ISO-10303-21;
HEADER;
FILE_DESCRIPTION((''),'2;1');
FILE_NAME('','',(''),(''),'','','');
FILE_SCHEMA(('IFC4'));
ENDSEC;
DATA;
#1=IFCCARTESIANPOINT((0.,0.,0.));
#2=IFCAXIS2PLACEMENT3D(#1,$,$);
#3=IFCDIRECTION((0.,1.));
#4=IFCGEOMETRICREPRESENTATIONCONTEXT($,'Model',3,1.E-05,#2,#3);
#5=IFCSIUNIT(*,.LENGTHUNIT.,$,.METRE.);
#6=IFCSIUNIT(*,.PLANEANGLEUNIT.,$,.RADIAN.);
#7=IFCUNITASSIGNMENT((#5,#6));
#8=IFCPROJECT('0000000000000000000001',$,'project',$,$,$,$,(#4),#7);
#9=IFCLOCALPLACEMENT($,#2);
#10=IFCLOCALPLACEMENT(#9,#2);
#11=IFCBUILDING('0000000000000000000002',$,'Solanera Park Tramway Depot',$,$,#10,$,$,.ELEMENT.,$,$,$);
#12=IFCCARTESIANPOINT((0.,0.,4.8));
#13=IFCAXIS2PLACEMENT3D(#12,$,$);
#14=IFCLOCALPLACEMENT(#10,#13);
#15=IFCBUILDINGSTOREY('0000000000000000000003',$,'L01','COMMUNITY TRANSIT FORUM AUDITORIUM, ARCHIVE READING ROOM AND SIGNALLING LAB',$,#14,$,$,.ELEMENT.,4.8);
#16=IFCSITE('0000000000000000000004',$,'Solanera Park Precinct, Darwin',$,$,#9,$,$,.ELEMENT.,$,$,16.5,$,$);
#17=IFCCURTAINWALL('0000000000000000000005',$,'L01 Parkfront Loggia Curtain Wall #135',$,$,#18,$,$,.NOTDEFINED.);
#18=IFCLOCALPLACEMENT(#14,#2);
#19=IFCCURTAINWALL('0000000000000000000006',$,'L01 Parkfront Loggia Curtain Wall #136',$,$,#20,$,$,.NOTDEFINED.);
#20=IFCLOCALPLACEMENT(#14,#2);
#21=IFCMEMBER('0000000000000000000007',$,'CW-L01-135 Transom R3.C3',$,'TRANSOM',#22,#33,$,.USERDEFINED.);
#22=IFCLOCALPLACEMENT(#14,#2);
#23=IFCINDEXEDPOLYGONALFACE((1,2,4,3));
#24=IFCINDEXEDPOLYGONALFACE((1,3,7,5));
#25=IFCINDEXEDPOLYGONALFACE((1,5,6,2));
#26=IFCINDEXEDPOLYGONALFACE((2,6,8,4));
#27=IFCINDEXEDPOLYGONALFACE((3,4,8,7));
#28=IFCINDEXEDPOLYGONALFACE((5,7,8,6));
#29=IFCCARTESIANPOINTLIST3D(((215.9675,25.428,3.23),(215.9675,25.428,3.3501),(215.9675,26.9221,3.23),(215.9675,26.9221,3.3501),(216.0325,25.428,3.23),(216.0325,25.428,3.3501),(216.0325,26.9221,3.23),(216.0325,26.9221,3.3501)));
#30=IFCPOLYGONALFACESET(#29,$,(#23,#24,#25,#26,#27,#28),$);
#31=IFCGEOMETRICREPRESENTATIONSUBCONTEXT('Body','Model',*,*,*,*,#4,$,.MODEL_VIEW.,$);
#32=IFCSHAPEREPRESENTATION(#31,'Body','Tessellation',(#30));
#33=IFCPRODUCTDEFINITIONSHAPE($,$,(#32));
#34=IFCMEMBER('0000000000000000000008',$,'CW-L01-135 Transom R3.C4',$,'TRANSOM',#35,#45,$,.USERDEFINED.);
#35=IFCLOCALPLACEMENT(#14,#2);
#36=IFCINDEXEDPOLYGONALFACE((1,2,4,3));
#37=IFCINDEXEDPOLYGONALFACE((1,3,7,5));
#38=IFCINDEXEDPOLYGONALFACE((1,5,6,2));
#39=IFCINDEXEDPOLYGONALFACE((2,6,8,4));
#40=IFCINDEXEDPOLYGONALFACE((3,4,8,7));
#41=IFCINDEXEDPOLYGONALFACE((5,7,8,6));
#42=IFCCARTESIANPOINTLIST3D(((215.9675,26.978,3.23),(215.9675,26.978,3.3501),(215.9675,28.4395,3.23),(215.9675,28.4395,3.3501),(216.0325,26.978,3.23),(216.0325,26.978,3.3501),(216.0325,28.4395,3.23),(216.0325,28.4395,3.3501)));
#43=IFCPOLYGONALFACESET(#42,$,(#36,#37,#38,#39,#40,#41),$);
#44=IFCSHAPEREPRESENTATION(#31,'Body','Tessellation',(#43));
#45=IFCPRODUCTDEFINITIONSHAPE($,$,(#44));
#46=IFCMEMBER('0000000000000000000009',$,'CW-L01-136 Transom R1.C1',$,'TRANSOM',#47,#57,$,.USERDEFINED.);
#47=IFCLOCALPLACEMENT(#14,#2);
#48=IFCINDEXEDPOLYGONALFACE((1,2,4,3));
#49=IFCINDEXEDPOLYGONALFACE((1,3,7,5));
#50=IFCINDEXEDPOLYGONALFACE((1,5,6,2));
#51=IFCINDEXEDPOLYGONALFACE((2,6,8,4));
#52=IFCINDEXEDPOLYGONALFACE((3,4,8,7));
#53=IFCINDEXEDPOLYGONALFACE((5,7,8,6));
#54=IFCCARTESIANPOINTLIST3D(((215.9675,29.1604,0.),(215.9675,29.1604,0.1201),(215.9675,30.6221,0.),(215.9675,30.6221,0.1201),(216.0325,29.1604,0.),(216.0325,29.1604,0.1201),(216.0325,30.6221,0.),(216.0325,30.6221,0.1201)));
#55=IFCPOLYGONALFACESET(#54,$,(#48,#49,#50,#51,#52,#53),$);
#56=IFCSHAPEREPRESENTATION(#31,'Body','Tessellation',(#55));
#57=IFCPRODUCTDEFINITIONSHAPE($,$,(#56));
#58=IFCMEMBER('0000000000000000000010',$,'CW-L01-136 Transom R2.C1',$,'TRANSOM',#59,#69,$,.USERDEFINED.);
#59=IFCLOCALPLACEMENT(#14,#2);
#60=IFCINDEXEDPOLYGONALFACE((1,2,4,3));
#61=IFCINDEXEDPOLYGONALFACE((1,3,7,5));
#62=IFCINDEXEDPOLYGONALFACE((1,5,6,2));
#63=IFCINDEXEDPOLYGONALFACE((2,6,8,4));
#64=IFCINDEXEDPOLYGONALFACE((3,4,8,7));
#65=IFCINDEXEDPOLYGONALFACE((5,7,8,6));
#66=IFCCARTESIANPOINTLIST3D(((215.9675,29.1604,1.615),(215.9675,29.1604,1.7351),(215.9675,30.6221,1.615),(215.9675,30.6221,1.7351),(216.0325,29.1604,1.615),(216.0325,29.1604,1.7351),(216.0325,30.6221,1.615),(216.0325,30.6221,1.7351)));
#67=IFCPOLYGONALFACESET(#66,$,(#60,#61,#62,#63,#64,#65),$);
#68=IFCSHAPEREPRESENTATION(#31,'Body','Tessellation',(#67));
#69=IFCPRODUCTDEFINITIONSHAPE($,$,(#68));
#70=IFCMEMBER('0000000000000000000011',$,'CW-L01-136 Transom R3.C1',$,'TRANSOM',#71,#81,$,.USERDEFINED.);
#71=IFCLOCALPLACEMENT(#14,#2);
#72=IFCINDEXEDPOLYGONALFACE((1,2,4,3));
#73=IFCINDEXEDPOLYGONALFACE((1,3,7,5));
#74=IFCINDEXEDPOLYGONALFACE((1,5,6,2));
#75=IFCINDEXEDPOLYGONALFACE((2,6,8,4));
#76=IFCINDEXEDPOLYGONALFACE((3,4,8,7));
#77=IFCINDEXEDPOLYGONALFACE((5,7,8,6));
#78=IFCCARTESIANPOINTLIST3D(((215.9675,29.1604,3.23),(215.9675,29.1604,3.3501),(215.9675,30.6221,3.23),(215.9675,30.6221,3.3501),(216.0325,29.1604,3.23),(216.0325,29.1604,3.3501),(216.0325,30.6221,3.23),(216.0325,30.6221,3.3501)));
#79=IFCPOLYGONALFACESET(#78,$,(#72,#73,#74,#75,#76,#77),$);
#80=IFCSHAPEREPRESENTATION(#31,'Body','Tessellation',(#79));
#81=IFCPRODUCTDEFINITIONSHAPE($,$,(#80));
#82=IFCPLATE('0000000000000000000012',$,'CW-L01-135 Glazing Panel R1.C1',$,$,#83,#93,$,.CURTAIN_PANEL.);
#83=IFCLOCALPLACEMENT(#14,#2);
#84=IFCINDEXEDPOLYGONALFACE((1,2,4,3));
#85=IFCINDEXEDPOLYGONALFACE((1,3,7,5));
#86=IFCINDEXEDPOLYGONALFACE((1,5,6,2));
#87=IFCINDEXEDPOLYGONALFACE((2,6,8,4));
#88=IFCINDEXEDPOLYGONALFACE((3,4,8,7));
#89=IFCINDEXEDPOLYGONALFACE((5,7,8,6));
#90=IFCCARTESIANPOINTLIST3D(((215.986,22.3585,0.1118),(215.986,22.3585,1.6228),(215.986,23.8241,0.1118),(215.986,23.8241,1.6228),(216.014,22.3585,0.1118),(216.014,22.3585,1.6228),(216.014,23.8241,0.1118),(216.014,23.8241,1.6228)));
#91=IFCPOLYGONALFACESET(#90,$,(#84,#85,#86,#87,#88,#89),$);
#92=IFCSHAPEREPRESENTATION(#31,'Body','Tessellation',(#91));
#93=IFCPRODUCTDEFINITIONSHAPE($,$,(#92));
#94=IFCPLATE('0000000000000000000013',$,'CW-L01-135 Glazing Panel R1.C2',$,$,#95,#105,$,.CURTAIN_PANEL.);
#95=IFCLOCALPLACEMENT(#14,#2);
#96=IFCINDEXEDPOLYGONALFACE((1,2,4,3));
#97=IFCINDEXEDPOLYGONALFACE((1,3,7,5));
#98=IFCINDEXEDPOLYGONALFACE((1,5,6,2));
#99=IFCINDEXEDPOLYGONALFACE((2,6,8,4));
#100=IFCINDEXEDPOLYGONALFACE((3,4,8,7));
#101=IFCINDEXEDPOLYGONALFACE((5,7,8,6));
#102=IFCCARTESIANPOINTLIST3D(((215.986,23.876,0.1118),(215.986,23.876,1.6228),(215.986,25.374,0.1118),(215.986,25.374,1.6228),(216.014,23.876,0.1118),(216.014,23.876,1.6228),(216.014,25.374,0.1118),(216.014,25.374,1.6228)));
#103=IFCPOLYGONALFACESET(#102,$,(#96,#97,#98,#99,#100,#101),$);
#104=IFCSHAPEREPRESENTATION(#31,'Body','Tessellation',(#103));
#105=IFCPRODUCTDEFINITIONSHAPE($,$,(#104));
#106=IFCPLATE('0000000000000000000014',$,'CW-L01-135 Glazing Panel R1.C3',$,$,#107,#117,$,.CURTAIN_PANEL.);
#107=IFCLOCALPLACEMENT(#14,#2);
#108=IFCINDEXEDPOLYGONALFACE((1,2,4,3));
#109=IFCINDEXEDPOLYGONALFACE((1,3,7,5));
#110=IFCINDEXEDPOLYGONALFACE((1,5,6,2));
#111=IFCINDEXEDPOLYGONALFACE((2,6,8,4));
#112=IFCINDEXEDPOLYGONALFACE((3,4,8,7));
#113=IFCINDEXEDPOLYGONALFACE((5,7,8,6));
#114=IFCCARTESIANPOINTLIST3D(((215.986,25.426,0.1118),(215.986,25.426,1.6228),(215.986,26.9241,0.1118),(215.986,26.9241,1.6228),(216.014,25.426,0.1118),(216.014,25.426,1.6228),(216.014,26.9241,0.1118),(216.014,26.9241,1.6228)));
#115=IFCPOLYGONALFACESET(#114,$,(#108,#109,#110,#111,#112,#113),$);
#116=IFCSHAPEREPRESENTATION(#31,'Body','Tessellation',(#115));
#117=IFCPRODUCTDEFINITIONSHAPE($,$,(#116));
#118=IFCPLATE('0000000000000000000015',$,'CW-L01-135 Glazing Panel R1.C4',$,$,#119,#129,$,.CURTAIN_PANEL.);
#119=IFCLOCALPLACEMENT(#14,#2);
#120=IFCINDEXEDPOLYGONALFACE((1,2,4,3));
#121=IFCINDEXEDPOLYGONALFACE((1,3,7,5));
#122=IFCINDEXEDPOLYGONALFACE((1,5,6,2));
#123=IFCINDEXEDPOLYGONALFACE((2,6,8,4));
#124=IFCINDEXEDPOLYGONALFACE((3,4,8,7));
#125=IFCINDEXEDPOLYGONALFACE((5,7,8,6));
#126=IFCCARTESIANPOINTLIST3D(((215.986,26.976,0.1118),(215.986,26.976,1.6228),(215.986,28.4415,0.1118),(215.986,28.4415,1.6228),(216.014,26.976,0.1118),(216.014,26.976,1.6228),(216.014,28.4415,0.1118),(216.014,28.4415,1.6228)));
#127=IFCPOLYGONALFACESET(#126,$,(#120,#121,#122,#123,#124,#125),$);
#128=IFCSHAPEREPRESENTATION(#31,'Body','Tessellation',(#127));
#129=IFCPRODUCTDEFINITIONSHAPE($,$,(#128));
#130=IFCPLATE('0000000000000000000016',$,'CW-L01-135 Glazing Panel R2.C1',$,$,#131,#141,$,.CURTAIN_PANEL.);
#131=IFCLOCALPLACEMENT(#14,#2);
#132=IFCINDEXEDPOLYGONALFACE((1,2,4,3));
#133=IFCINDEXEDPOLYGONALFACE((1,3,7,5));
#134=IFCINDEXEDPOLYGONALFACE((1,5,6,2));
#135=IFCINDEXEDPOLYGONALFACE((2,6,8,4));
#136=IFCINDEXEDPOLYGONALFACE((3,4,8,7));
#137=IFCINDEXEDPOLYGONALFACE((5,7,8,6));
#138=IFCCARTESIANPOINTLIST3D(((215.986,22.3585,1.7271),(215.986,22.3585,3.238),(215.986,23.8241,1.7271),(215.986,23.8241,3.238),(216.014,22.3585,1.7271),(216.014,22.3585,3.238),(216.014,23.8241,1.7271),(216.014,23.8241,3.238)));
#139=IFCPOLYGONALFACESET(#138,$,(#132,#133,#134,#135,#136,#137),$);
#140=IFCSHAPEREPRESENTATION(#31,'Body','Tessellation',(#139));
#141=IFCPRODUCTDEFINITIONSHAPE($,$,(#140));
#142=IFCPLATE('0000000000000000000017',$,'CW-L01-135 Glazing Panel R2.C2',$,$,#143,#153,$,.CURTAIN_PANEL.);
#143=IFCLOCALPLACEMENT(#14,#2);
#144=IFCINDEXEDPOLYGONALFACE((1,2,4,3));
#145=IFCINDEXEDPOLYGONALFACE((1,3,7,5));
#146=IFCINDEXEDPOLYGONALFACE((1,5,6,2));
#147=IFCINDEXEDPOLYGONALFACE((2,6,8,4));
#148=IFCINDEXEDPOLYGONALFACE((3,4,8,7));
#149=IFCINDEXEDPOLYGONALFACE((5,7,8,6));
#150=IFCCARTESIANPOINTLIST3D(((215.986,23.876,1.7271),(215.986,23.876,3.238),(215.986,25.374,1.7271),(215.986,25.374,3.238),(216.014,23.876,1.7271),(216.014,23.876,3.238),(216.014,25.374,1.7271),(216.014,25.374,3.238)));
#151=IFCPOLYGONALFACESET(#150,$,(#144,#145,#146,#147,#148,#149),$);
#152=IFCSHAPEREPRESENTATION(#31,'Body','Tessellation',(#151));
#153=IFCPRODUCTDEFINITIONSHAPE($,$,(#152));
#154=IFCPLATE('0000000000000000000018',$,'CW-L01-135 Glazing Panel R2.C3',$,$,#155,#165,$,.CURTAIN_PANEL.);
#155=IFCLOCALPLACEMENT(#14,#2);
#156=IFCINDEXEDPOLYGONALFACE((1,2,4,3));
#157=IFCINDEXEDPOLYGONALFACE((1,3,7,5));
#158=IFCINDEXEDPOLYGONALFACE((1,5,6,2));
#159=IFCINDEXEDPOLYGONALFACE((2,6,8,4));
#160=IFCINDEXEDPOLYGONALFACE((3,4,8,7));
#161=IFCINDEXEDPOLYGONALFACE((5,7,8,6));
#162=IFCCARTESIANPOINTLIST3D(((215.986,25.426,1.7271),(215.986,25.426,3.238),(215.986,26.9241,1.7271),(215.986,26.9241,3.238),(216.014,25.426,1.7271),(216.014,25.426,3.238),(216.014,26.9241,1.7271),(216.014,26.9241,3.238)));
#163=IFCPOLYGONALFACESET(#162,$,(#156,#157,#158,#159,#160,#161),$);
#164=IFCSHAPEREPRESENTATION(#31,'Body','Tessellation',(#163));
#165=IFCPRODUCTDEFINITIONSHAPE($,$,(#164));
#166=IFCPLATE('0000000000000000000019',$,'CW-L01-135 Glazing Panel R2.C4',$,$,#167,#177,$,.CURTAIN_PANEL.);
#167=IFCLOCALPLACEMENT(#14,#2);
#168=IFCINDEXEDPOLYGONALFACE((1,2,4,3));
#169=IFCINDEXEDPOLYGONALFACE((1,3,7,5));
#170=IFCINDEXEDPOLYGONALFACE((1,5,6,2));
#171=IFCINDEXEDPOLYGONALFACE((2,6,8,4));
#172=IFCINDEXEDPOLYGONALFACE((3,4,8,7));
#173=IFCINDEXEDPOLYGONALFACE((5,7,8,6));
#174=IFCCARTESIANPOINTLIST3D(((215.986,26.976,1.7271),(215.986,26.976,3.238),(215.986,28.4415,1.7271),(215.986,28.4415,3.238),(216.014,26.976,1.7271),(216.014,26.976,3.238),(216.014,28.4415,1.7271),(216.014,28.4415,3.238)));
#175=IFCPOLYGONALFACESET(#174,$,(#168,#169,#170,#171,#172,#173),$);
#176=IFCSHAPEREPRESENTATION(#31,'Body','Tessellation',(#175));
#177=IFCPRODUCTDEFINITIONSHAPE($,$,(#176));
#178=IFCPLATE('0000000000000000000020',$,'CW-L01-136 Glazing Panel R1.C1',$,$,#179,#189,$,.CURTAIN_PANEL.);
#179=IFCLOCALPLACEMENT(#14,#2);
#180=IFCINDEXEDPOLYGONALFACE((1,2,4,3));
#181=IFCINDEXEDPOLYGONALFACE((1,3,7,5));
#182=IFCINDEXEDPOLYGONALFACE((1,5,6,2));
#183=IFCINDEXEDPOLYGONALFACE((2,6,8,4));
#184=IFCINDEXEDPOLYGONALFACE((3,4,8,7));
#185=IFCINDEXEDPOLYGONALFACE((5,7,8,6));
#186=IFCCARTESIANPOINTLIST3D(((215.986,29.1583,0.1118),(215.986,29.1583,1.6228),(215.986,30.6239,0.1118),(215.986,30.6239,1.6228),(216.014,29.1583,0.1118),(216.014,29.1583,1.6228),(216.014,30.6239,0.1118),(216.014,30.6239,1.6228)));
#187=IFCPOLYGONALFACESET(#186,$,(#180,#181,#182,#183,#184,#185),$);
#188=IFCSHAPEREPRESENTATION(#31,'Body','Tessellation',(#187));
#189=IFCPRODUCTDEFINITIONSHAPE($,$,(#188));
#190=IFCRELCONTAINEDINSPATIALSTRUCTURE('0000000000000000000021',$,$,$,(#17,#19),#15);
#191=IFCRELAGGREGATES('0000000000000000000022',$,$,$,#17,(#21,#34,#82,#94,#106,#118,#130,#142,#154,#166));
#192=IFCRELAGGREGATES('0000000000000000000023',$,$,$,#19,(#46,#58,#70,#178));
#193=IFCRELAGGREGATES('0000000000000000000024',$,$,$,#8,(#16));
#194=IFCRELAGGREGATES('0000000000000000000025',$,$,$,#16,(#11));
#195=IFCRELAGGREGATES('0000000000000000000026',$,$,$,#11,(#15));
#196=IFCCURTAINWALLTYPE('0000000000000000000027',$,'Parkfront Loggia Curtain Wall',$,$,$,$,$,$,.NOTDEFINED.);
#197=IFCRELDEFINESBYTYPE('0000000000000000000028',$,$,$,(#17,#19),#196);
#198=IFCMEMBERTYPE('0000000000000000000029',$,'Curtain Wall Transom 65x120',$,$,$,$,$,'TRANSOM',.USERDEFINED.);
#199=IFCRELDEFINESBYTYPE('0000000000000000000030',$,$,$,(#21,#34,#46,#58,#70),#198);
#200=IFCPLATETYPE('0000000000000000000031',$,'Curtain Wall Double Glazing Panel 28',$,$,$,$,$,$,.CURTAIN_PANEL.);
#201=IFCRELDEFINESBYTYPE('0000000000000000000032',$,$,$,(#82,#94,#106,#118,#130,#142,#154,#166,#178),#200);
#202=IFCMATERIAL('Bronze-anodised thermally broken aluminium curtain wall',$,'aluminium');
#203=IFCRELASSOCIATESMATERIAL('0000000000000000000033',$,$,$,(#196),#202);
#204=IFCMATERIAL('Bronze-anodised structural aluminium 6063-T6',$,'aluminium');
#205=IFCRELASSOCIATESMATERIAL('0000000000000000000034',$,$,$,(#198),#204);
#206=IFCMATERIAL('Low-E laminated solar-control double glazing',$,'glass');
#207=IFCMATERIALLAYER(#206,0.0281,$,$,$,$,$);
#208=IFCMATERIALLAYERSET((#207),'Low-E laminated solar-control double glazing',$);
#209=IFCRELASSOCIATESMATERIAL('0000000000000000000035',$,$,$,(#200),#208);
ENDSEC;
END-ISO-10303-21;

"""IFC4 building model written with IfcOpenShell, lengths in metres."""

from ifc_helpers import new_model, si_unit, direction, frame, origin, origin_2d, place, context, subcontext, project, spatial, rectangle, extrude, material, layer, layer_set, material_profile, profile_set, type_object, element, aggregate, save


model = new_model("IFC4")

# Units and contexts
model_context = context("Model", 3, precision=1e-05, world=origin(), true_north=direction((0.0, 1.0)))
body_context = subcontext(model_context, "Body", "Model", "MODEL_VIEW")
ifc_project = project(units=[si_unit("LENGTHUNIT", "METRE"), si_unit("PLANEANGLEUNIT", "RADIAN")], contexts=[model_context])

# Site, building, storey
site_placement = place(None, origin())
site = spatial("IfcSite", under=ifc_project, at=site_placement, Name="Solanera Park Precinct, Darwin", CompositionType="ELEMENT", RefElevation=16.5)
building_placement = place(site_placement, origin())
building = spatial("IfcBuilding", under=site, at=building_placement, Name="Solanera Park Tramway Depot", CompositionType="ELEMENT")
storey_placement = place(building_placement, frame((0.0, 0.0, 4.8)))
storey = spatial("IfcBuildingStorey", under=building, at=storey_placement, Name="L01", Description="COMMUNITY TRANSIT FORUM AUDITORIUM, ARCHIVE READING ROOM AND SIGNALLING LAB", CompositionType="ELEMENT", Elevation=4.8)

# Curtain wall
ifc_material_1 = material(Name="Bronze-anodised thermally broken aluminium curtain wall", Category="aluminium")
curtain_wall_type = type_object("IfcCurtainWallType", Name="Parkfront Loggia Curtain Wall", PredefinedType="NOTDEFINED", material=ifc_material_1)
curtain_wall_1_placement = place(storey_placement, origin())
curtain_wall_1 = element("IfcCurtainWall", 1, at=curtain_wall_1_placement, inside=storey, type_object=curtain_wall_type, Name="L01 Parkfront Loggia Curtain Wall #135", PredefinedType="NOTDEFINED")

# Curtain wall
curtain_wall_2_placement = place(storey_placement, origin())
curtain_wall_2 = element("IfcCurtainWall", 2, at=curtain_wall_2_placement, inside=storey, type_object=curtain_wall_type, Name="L01 Parkfront Loggia Curtain Wall #136", PredefinedType="NOTDEFINED")

# Members
ifc_material_2 = material(Name="Bronze-anodised structural aluminium 6063-T6", Category="aluminium")
ifc_material_profile_1 = material_profile(ifc_material_2, rectangle(XDim=0.0649, YDim=0.1201, at=origin_2d()), Name="Curtain Wall Transom 65x120")
ifc_profile_set_1 = profile_set([ifc_material_profile_1], Name="Bronze-anodised structural aluminium 6063-T6")
member_type_1 = type_object("IfcMemberType", Name="Curtain Wall Transom 65x120", ElementType="TRANSOM", PredefinedType="USERDEFINED", material=ifc_profile_set_1)
member_1_placement = place(storey_placement, frame((216.0, 25.428, 3.29), z_axis=(0.0, 1.0, 0.0), x_axis=(-1.0, 0.0, 0.0)))
member_1 = element("IfcMember", 3, at=member_1_placement, type_object=member_type_1, Name="CW-L01-135 Transom R3.C3", ObjectType="TRANSOM", PredefinedType="USERDEFINED", context=body_context, shape_type="SweptSolid", body=[
    extrude(rectangle(XDim=0.0649, YDim=0.1201, at=origin_2d()), origin(), (0.0, 0.0, 1.0), 1.4941),
])
member_2_placement = place(storey_placement, frame((216.0, 26.978, 3.29), z_axis=(0.0, 1.0, 0.0), x_axis=(-1.0, 0.0, 0.0)))
member_2 = element("IfcMember", 4, at=member_2_placement, type_object=member_type_1, Name="CW-L01-135 Transom R3.C4", ObjectType="TRANSOM", PredefinedType="USERDEFINED", context=body_context, shape_type="SweptSolid", body=[
    extrude(rectangle(XDim=0.0649, YDim=0.1201, at=origin_2d()), origin(), (0.0, 0.0, 1.0), 1.4614),
])
member_3_placement = place(storey_placement, frame((216.0, 29.1604, 0.0601), z_axis=(0.0, 1.0, 0.0), x_axis=(-1.0, 0.0, 0.0)))
member_3 = element("IfcMember", 5, at=member_3_placement, type_object=member_type_1, Name="CW-L01-136 Transom R1.C1", ObjectType="TRANSOM", PredefinedType="USERDEFINED", context=body_context, shape_type="SweptSolid", body=[
    extrude(rectangle(XDim=0.0649, YDim=0.1201, at=origin_2d()), origin(), (0.0, 0.0, 1.0), 1.4617),
])
member_4_placement = place(storey_placement, frame((216.0, 29.1604, 1.675), z_axis=(0.0, 1.0, 0.0), x_axis=(-1.0, 0.0, 0.0)))
member_4 = element("IfcMember", 6, at=member_4_placement, type_object=member_type_1, Name="CW-L01-136 Transom R2.C1", ObjectType="TRANSOM", PredefinedType="USERDEFINED", context=body_context, shape_type="SweptSolid", body=[
    extrude(rectangle(XDim=0.0649, YDim=0.1201, at=origin_2d()), origin(), (0.0, 0.0, 1.0), 1.4617),
])
member_5_placement = place(storey_placement, frame((216.0, 29.1604, 3.29), z_axis=(0.0, 1.0, 0.0), x_axis=(-1.0, 0.0, 0.0)))
member_5 = element("IfcMember", 7, at=member_5_placement, type_object=member_type_1, Name="CW-L01-136 Transom R3.C1", ObjectType="TRANSOM", PredefinedType="USERDEFINED", context=body_context, shape_type="SweptSolid", body=[
    extrude(rectangle(XDim=0.0649, YDim=0.1201, at=origin_2d()), origin(), (0.0, 0.0, 1.0), 1.4617),
])

# Plates
ifc_material_3 = material(Name="Low-E laminated solar-control double glazing", Category="glass")
ifc_layer_1 = layer(ifc_material_3, 0.0281)
ifc_layer_set_1 = layer_set([ifc_layer_1], Name="Low-E laminated solar-control double glazing")
plate_type = type_object("IfcPlateType", Name="Curtain Wall Double Glazing Panel 28", PredefinedType="CURTAIN_PANEL", material=ifc_layer_set_1)
plate_1_placement = place(storey_placement, frame((216.0, 23.0913, 0.1118), z_axis=(0.0, 0.0, 1.0), x_axis=(0.0, 1.0, 0.0)))
plate_1 = element("IfcPlate", 8, at=plate_1_placement, type_object=plate_type, Name="CW-L01-135 Glazing Panel R1.C1", PredefinedType="CURTAIN_PANEL", context=body_context, shape_type="SweptSolid", body=[
    extrude(rectangle(XDim=1.4656, YDim=0.0281, at=origin_2d()), origin(), (0.0, 0.0, 1.0), 1.511),
])
plate_2_placement = place(storey_placement, frame((216.0, 24.625, 0.1118), z_axis=(0.0, 0.0, 1.0), x_axis=(0.0, 1.0, 0.0)))
plate_2 = element("IfcPlate", 9, at=plate_2_placement, type_object=plate_type, Name="CW-L01-135 Glazing Panel R1.C2", PredefinedType="CURTAIN_PANEL", context=body_context, shape_type="SweptSolid", body=[
    extrude(rectangle(XDim=1.498, YDim=0.0281, at=origin_2d()), origin(), (0.0, 0.0, 1.0), 1.511),
])
plate_3_placement = place(storey_placement, frame((216.0, 26.175, 0.1118), z_axis=(0.0, 0.0, 1.0), x_axis=(0.0, 1.0, 0.0)))
plate_3 = element("IfcPlate", 10, at=plate_3_placement, type_object=plate_type, Name="CW-L01-135 Glazing Panel R1.C3", PredefinedType="CURTAIN_PANEL", context=body_context, shape_type="SweptSolid", body=[
    extrude(rectangle(XDim=1.498, YDim=0.0281, at=origin_2d()), origin(), (0.0, 0.0, 1.0), 1.511),
])
plate_4_placement = place(storey_placement, frame((216.0, 27.7087, 0.1118), z_axis=(0.0, 0.0, 1.0), x_axis=(0.0, 1.0, 0.0)))
plate_4 = element("IfcPlate", 11, at=plate_4_placement, type_object=plate_type, Name="CW-L01-135 Glazing Panel R1.C4", PredefinedType="CURTAIN_PANEL", context=body_context, shape_type="SweptSolid", body=[
    extrude(rectangle(XDim=1.4656, YDim=0.0281, at=origin_2d()), origin(), (0.0, 0.0, 1.0), 1.511),
])
plate_5_placement = place(storey_placement, frame((216.0, 23.0913, 1.7271), z_axis=(0.0, 0.0, 1.0), x_axis=(0.0, 1.0, 0.0)))
plate_5 = element("IfcPlate", 12, at=plate_5_placement, type_object=plate_type, Name="CW-L01-135 Glazing Panel R2.C1", PredefinedType="CURTAIN_PANEL", context=body_context, shape_type="SweptSolid", body=[
    extrude(rectangle(XDim=1.4656, YDim=0.0281, at=origin_2d()), origin(), (0.0, 0.0, 1.0), 1.511),
])
plate_6_placement = place(storey_placement, frame((216.0, 24.625, 1.7271), z_axis=(0.0, 0.0, 1.0), x_axis=(0.0, 1.0, 0.0)))
plate_6 = element("IfcPlate", 13, at=plate_6_placement, type_object=plate_type, Name="CW-L01-135 Glazing Panel R2.C2", PredefinedType="CURTAIN_PANEL", context=body_context, shape_type="SweptSolid", body=[
    extrude(rectangle(XDim=1.498, YDim=0.0281, at=origin_2d()), origin(), (0.0, 0.0, 1.0), 1.511),
])
plate_7_placement = place(storey_placement, frame((216.0, 26.175, 1.7271), z_axis=(0.0, 0.0, 1.0), x_axis=(0.0, 1.0, 0.0)))
plate_7 = element("IfcPlate", 14, at=plate_7_placement, type_object=plate_type, Name="CW-L01-135 Glazing Panel R2.C3", PredefinedType="CURTAIN_PANEL", context=body_context, shape_type="SweptSolid", body=[
    extrude(rectangle(XDim=1.498, YDim=0.0281, at=origin_2d()), origin(), (0.0, 0.0, 1.0), 1.511),
])
plate_8_placement = place(storey_placement, frame((216.0, 27.7087, 1.7271), z_axis=(0.0, 0.0, 1.0), x_axis=(0.0, 1.0, 0.0)))
plate_8 = element("IfcPlate", 15, at=plate_8_placement, type_object=plate_type, Name="CW-L01-135 Glazing Panel R2.C4", PredefinedType="CURTAIN_PANEL", context=body_context, shape_type="SweptSolid", body=[
    extrude(rectangle(XDim=1.4656, YDim=0.0281, at=origin_2d()), origin(), (0.0, 0.0, 1.0), 1.511),
])
aggregate(curtain_wall_1, [member_1, member_2, plate_1, plate_2, plate_3, plate_4, plate_5, plate_6, plate_7, plate_8])
plate_9_placement = place(storey_placement, frame((216.0, 29.8911, 0.1118), z_axis=(0.0, 0.0, 1.0), x_axis=(0.0, 1.0, 0.0)))
plate_9 = element("IfcPlate", 16, at=plate_9_placement, type_object=plate_type, Name="CW-L01-136 Glazing Panel R1.C1", PredefinedType="CURTAIN_PANEL", context=body_context, shape_type="SweptSolid", body=[
    extrude(rectangle(XDim=1.4656, YDim=0.0281, at=origin_2d()), origin(), (0.0, 0.0, 1.0), 1.511),
])
aggregate(curtain_wall_2, [member_3, member_4, member_5, plate_9])

save(model, "model.ifc")
